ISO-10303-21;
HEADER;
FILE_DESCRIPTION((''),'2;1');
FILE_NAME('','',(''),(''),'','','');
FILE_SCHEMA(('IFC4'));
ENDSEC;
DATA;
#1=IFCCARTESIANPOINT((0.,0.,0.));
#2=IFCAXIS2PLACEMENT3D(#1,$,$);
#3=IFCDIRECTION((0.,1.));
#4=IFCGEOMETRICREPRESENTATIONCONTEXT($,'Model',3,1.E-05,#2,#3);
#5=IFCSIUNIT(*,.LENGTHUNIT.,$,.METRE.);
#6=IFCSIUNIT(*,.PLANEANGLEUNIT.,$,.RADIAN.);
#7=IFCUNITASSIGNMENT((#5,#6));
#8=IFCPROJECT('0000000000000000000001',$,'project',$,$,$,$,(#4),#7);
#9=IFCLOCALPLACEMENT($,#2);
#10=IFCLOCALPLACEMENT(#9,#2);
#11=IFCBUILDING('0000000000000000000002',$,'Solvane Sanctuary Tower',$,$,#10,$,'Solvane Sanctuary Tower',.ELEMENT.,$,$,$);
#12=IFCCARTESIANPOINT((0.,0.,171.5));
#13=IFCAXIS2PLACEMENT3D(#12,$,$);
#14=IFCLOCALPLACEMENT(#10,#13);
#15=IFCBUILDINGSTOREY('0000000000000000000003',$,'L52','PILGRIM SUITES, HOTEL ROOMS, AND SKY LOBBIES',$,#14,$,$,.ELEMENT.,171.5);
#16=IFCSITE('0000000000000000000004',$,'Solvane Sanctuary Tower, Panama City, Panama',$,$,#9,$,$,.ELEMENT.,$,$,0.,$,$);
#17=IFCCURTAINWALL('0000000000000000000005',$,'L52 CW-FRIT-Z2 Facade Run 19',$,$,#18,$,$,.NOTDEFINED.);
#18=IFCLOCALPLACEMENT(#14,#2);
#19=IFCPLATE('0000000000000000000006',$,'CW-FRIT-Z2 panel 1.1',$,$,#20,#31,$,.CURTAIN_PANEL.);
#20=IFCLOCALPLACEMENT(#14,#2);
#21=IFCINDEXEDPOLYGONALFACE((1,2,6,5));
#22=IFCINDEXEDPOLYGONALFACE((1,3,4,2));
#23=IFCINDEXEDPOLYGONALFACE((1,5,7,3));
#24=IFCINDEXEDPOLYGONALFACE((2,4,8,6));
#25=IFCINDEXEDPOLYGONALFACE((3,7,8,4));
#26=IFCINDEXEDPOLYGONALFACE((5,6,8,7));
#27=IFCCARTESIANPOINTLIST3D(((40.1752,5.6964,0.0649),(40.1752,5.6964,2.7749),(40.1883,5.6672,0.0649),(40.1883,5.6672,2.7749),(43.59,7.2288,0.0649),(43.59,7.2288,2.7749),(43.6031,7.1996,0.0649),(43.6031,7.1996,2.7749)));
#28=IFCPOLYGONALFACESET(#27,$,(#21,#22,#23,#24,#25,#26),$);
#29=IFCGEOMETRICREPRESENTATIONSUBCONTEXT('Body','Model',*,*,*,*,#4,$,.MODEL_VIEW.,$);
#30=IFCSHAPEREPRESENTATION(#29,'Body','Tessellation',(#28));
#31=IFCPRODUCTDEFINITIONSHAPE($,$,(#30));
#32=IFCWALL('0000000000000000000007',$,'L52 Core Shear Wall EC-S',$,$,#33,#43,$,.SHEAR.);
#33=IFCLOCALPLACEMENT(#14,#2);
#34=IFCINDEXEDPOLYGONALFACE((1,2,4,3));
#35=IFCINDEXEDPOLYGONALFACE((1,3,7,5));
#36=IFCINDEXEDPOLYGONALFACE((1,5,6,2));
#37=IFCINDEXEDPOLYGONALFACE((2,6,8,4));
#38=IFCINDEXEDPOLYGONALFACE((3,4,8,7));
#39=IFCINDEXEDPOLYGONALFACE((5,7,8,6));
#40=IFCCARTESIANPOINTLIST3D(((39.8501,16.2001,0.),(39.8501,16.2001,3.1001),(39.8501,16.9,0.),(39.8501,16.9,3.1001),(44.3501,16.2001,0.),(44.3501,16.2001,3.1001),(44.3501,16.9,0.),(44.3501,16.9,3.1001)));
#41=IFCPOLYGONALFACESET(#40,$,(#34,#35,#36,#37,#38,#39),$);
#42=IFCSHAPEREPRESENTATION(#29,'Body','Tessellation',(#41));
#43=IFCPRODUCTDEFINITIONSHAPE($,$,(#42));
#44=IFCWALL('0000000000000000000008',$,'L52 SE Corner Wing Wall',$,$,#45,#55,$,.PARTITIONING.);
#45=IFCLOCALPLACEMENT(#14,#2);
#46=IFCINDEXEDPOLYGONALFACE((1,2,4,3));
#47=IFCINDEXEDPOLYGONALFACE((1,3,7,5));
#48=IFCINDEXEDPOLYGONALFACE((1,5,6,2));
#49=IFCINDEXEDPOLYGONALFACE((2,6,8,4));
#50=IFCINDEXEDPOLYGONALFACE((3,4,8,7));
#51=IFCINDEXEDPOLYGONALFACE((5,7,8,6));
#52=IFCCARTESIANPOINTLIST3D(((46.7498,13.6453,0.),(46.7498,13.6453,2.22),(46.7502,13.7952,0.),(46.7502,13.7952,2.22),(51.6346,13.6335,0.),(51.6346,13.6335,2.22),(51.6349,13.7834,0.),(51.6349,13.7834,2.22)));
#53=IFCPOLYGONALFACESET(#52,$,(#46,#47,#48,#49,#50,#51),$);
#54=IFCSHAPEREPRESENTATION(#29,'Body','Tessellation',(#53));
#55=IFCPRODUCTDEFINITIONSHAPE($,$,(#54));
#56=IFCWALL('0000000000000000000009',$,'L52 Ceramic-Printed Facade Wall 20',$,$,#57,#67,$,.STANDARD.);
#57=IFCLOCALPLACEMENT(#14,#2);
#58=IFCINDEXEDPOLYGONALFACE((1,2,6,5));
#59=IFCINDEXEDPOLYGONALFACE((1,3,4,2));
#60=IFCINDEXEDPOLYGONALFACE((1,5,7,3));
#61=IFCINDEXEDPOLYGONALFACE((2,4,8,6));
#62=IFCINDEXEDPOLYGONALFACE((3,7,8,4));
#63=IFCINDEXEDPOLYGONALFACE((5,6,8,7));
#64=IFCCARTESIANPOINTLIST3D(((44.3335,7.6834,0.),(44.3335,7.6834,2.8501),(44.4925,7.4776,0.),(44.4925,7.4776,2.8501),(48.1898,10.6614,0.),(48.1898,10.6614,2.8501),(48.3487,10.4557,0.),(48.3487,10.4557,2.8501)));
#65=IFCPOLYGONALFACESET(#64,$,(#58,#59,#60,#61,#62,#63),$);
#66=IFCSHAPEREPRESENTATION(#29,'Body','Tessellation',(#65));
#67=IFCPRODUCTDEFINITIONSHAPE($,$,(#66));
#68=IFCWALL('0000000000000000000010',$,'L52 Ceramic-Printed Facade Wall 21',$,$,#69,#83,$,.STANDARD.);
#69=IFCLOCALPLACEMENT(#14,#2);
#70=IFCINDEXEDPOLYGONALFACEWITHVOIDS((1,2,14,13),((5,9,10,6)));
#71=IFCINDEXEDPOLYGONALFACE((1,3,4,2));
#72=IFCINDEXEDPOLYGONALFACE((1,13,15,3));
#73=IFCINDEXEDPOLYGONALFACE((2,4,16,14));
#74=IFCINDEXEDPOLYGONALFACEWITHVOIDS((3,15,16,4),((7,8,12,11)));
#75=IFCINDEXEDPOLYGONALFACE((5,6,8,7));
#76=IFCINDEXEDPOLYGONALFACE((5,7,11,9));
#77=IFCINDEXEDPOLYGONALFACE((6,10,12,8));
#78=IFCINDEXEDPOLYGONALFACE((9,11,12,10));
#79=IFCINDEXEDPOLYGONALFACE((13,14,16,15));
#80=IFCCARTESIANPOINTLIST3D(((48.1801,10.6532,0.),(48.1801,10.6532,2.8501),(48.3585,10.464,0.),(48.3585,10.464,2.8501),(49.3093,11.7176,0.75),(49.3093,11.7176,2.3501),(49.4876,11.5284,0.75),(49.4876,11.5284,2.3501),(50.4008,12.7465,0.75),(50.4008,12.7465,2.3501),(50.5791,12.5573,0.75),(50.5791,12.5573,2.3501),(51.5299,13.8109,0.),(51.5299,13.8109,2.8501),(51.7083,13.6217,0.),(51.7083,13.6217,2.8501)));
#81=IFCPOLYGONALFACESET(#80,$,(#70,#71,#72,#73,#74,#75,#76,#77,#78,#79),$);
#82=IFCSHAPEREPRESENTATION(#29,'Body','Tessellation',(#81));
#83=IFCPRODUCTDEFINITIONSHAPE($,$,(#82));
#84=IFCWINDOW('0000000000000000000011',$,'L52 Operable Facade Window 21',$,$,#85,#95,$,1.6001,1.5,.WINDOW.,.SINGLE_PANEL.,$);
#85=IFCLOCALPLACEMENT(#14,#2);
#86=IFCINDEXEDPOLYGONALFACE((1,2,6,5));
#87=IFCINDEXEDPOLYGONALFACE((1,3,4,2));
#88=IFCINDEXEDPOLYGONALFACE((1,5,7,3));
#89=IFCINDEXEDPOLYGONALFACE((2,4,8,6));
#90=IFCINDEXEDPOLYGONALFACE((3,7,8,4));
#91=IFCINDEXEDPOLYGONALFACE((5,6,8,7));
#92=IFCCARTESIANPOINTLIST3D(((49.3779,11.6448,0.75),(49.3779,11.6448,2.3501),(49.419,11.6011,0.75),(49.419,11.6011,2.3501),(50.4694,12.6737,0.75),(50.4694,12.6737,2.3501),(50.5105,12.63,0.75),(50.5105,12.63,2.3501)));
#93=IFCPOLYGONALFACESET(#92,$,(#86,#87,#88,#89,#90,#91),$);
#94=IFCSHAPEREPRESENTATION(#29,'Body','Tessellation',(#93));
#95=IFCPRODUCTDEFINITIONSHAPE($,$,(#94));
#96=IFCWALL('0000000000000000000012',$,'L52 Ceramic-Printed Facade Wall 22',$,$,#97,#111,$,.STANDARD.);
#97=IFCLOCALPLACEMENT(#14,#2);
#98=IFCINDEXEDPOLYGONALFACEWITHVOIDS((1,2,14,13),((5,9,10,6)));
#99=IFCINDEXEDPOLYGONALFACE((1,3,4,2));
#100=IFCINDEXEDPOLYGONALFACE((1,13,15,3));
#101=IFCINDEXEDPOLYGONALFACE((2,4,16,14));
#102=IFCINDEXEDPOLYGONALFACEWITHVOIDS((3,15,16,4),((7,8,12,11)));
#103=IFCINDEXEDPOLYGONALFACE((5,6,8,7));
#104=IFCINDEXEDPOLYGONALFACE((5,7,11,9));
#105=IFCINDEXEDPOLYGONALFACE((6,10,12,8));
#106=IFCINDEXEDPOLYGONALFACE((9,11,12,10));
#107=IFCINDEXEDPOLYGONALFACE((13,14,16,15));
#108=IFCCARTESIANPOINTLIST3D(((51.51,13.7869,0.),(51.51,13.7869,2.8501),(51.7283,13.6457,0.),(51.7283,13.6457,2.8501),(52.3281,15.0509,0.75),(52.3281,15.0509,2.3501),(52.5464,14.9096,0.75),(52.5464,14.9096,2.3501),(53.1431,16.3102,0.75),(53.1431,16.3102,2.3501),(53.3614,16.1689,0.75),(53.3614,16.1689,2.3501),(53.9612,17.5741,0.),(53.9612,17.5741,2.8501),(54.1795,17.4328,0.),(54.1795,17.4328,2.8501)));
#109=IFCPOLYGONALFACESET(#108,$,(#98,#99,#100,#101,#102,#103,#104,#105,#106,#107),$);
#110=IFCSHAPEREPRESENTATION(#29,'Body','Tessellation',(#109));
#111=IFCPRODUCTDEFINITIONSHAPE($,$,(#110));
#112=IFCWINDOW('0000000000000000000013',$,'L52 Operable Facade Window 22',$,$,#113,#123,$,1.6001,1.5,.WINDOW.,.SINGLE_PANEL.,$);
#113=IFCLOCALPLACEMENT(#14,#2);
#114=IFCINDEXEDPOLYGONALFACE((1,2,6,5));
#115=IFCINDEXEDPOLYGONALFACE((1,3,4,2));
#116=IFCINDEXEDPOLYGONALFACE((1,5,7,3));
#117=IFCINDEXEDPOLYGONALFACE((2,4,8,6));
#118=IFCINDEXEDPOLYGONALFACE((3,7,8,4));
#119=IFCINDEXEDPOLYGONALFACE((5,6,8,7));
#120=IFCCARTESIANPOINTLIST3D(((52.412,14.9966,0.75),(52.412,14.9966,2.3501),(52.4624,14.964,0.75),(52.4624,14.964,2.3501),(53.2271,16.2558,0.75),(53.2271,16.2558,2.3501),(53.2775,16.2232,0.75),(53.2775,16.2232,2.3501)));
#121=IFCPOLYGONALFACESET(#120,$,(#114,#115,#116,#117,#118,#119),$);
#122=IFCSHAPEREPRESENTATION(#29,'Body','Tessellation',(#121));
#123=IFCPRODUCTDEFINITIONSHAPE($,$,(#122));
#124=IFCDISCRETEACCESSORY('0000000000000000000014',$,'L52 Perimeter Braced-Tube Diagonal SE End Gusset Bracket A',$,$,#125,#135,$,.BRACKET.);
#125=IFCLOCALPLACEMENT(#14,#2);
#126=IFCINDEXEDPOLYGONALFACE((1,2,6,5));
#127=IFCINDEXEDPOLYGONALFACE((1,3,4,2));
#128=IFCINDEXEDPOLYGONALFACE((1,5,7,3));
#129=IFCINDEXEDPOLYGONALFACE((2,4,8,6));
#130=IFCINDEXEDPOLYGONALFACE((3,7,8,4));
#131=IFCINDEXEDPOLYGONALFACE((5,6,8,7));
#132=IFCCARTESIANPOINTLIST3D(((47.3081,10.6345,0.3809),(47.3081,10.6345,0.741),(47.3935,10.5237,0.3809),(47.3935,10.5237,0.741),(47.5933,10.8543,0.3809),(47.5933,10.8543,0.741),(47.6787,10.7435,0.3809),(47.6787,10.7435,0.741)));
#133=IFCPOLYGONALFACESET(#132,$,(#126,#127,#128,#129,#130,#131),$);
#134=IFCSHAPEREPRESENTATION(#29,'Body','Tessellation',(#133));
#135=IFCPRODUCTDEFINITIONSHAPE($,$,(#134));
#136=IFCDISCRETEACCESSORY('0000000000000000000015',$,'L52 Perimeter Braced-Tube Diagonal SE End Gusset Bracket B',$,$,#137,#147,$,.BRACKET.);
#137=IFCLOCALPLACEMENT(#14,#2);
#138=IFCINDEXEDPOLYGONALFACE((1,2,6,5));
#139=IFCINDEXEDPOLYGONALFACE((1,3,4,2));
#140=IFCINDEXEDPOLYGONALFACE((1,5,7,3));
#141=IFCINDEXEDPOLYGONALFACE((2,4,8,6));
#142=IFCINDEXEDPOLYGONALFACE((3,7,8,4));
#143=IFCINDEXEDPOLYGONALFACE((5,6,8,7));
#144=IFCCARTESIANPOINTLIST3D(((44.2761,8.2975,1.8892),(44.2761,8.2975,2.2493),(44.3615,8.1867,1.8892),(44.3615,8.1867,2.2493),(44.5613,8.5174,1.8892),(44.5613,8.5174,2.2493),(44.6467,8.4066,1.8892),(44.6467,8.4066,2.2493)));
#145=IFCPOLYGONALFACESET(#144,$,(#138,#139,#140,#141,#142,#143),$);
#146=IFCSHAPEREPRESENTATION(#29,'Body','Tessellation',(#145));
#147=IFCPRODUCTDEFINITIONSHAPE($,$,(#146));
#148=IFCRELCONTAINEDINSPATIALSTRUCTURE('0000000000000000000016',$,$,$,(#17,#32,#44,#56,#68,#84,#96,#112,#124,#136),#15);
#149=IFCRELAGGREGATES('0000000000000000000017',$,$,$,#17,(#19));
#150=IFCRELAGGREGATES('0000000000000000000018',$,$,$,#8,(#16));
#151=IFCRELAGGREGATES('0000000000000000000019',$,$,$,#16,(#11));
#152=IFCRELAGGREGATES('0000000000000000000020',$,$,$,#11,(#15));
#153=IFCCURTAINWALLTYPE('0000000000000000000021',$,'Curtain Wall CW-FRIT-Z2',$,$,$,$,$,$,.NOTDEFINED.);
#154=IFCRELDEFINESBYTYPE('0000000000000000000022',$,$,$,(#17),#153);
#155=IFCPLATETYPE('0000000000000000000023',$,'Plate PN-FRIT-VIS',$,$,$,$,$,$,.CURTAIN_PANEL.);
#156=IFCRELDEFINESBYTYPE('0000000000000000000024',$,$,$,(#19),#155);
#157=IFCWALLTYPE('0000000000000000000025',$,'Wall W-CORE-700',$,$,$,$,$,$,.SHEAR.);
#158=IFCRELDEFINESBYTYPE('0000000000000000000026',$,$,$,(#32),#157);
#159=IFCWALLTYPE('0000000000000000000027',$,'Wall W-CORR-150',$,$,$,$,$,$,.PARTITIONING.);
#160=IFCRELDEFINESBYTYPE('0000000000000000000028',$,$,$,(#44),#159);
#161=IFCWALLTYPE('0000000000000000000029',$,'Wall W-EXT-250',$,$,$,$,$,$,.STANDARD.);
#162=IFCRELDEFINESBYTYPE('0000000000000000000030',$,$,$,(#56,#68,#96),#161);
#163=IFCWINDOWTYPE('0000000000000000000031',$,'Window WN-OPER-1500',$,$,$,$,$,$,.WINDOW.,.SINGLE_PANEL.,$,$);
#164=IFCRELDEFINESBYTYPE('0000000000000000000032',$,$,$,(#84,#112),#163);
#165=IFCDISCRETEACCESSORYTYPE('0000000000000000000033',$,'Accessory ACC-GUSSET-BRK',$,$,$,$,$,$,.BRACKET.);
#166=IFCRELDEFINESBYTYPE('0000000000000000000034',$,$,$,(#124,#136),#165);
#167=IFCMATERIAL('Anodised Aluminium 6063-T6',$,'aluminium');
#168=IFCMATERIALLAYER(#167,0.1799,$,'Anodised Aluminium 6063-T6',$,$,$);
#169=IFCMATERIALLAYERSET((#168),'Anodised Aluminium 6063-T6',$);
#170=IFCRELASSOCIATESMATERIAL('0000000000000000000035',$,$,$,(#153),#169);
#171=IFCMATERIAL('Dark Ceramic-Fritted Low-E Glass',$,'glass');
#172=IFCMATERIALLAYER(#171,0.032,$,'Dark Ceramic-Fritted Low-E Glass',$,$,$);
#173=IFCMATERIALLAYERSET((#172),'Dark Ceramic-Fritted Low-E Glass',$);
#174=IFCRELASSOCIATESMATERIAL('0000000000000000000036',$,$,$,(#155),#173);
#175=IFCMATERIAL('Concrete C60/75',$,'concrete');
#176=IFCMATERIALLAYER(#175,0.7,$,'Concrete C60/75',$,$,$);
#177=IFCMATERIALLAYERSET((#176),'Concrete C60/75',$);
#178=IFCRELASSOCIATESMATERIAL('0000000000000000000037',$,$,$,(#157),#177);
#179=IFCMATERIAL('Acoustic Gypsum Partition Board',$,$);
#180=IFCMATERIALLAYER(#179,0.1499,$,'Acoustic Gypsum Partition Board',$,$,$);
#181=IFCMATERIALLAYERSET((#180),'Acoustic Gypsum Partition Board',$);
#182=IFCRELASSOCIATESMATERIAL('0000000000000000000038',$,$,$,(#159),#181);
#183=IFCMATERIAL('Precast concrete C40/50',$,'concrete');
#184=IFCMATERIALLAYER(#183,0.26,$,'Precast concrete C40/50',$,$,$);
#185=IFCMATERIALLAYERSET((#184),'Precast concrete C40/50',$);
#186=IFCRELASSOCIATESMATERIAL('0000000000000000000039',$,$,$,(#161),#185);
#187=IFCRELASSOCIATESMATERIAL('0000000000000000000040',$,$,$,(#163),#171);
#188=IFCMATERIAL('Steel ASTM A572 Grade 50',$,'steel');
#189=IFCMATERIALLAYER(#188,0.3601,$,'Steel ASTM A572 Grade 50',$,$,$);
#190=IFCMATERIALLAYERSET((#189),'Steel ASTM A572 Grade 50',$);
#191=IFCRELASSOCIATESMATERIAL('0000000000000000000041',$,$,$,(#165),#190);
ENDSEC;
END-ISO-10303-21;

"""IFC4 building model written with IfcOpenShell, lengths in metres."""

from ifc_helpers import new_model, si_unit, direction, frame, frame_2d, origin, origin_2d, place, context, subcontext, project, spatial, rectangle, extrude, material, layer, layer_set, type_object, element, fill, aggregate, save


model = new_model("IFC4")

# Units and contexts
model_context = context("Model", 3, precision=1e-05, world=origin(), true_north=direction((0.0, 1.0)))
body_context = subcontext(model_context, "Body", "Model", "MODEL_VIEW")
ifc_project = project(units=[si_unit("LENGTHUNIT", "METRE"), si_unit("PLANEANGLEUNIT", "RADIAN")], contexts=[model_context])

# Site, building, storey
site_placement = place(None, origin())
site = spatial("IfcSite", under=ifc_project, at=site_placement, Name="Solvane Sanctuary Tower, Panama City, Panama", CompositionType="ELEMENT", RefElevation=0.0)
building_placement = place(site_placement, origin())
building = spatial("IfcBuilding", under=site, at=building_placement, Name="Solvane Sanctuary Tower", LongName="Solvane Sanctuary Tower", CompositionType="ELEMENT")
storey_placement = place(building_placement, frame((0.0, 0.0, 171.5)))
storey = spatial("IfcBuildingStorey", under=building, at=storey_placement, Name="L52", Description="PILGRIM SUITES, HOTEL ROOMS, AND SKY LOBBIES", CompositionType="ELEMENT", Elevation=171.5)

# Shared definitions
ifc_material_1 = material(Name="Concrete C60/75", Category="concrete")

# Curtain wall
ifc_material_2 = material(Name="Anodised Aluminium 6063-T6", Category="aluminium")
ifc_layer_1 = layer(ifc_material_2, 0.1799, Name="Anodised Aluminium 6063-T6")
ifc_layer_set_1 = layer_set([ifc_layer_1], Name="Anodised Aluminium 6063-T6")
curtain_wall_type = type_object("IfcCurtainWallType", Name="Curtain Wall CW-FRIT-Z2", PredefinedType="NOTDEFINED", material=ifc_layer_set_1)
curtain_wall_placement = place(storey_placement, origin())
curtain_wall = element("IfcCurtainWall", 1, at=curtain_wall_placement, inside=storey, type_object=curtain_wall_type, Name="L52 CW-FRIT-Z2 Facade Run 19", PredefinedType="NOTDEFINED")

# Plate
ifc_material_3 = material(Name="Dark Ceramic-Fritted Low-E Glass", Category="glass")
ifc_layer_2 = layer(ifc_material_3, 0.032, Name="Dark Ceramic-Fritted Low-E Glass")
ifc_layer_set_2 = layer_set([ifc_layer_2], Name="Dark Ceramic-Fritted Low-E Glass")
plate_type = type_object("IfcPlateType", Name="Plate PN-FRIT-VIS", PredefinedType="CURTAIN_PANEL", material=ifc_layer_set_2)
plate_placement = place(storey_placement, frame((41.8892, 6.448, 0.0649), z_axis=(0.0, 0.0, 1.0), x_axis=(0.91235, 0.409411, 0.0)))
plate = element("IfcPlate", 2, at=plate_placement, type_object=plate_type, Name="CW-FRIT-Z2 panel 1.1", PredefinedType="CURTAIN_PANEL", context=body_context, shape_type="SweptSolid", body=[
    extrude(rectangle(XDim=3.7429, YDim=0.032, at=origin_2d()), origin(), (0.0, 0.0, 1.0), 2.71),
])
aggregate(curtain_wall, [plate])

# Walls
ifc_layer_3 = layer(ifc_material_1, 0.7, Name="Concrete C60/75")
ifc_layer_set_3 = layer_set([ifc_layer_3], Name="Concrete C60/75")
wall_type_1 = type_object("IfcWallType", Name="Wall W-CORE-700", PredefinedType="SHEAR", material=ifc_layer_set_3)
wall_1_placement = place(storey_placement, frame((39.8501, 16.55, 0.0), z_axis=(0.0, 0.0, 1.0), x_axis=(1.0, 0.0, 0.0)))
element("IfcWall", 3, at=wall_1_placement, inside=storey, type_object=wall_type_1, Name="L52 Core Shear Wall EC-S", PredefinedType="SHEAR", context=body_context, shape_type="SweptSolid", body=[
    extrude(rectangle(XDim=4.5, YDim=0.7, at=frame_2d((2.25, 0.0))), origin(), (0.0, 0.0, 1.0), 3.1001),
])
ifc_material_4 = material(Name="Acoustic Gypsum Partition Board")
ifc_layer_4 = layer(ifc_material_4, 0.1499, Name="Acoustic Gypsum Partition Board")
ifc_layer_set_4 = layer_set([ifc_layer_4], Name="Acoustic Gypsum Partition Board")
wall_type_2 = type_object("IfcWallType", Name="Wall W-CORR-150", PredefinedType="PARTITIONING", material=ifc_layer_set_4)
wall_2_placement = place(storey_placement, frame((46.75, 13.7202, 0.0), z_axis=(0.0, 0.0, 1.0), x_axis=(0.999997, -0.002399, 0.0)))
element("IfcWall", 4, at=wall_2_placement, inside=storey, type_object=wall_type_2, Name="L52 SE Corner Wing Wall", PredefinedType="PARTITIONING", context=body_context, shape_type="SweptSolid", body=[
    extrude(rectangle(XDim=4.8848, YDim=0.1499, at=frame_2d((2.4424, 0.0))), origin(), (0.0, 0.0, 1.0), 2.22),
])
ifc_material_5 = material(Name="Precast concrete C40/50", Category="concrete")
ifc_layer_5 = layer(ifc_material_5, 0.26, Name="Precast concrete C40/50")
ifc_layer_set_5 = layer_set([ifc_layer_5], Name="Precast concrete C40/50")
wall_type_3 = type_object("IfcWallType", Name="Wall W-EXT-250", PredefinedType="STANDARD", material=ifc_layer_set_5)
wall_3_placement = place(storey_placement, frame((44.4131, 7.5806, 0.0), z_axis=(0.0, 0.0, 1.0), x_axis=(0.79146, 0.611221, 0.0)))
element("IfcWall", 5, at=wall_3_placement, inside=storey, type_object=wall_type_3, Name="L52 Ceramic-Printed Facade Wall 20", PredefinedType="STANDARD", context=body_context, shape_type="SweptSolid", body=[
    extrude(rectangle(XDim=4.8723, YDim=0.26, at=frame_2d((2.436, 0.0))), origin(), (0.0, 0.0, 1.0), 2.8501),
])

# Walls, openings, windows
wall_4_placement = place(storey_placement, frame((48.2693, 10.5586, 0.0), z_axis=(0.0, 0.0, 1.0), x_axis=(0.727667, 0.68593, 0.0)))
wall_4 = element("IfcWall", 6, at=wall_4_placement, inside=storey, type_object=wall_type_3, Name="L52 Ceramic-Printed Facade Wall 21", PredefinedType="STANDARD", context=body_context, shape_type="SweptSolid", body=[
    extrude(rectangle(XDim=4.6035, YDim=0.26, at=frame_2d((2.3018, 0.0))), origin(), (0.0, 0.0, 1.0), 2.8501),
])
opening_1_placement = place(wall_4_placement, frame((1.5518, 0.0, 0.75)))
opening_1 = element("IfcOpeningElement", 7, at=opening_1_placement, cuts=wall_4, PredefinedType="OPENING", context=body_context, shape_type="SweptSolid", body=[
    extrude(rectangle(XDim=1.5, YDim=1.6001, at=frame_2d((0.75, 0.8))), frame((0.0, 0.1399, 0.0), z_axis=(0.0, -1.0, 0.0), x_axis=(1.0, 0.0, 0.0)), (0.0, 0.0, 1.0), 0.28),
])
window_type = type_object("IfcWindowType", Name="Window WN-OPER-1500", PartitioningType="SINGLE_PANEL", PredefinedType="WINDOW", material=ifc_material_3)
window_1_placement = place(opening_1_placement, origin())
window_1 = element("IfcWindow", 8, at=window_1_placement, inside=storey, type_object=window_type, Name="L52 Operable Facade Window 21", OverallHeight=1.6001, OverallWidth=1.5, PartitioningType="SINGLE_PANEL", PredefinedType="WINDOW", context=body_context, shape_type="SweptSolid", body=[
    extrude(rectangle(XDim=1.5, YDim=1.6001, at=frame_2d((0.75, 0.8))), frame((0.0, 0.03, 0.0), z_axis=(0.0, -1.0, 0.0), x_axis=(1.0, 0.0, 0.0)), (0.0, 0.0, 1.0), 0.0601),
])
fill(opening_1, window_1)
wall_5_placement = place(storey_placement, frame((51.6191, 13.7163, 0.0), z_axis=(0.0, 0.0, 1.0), x_axis=(0.543359, 0.8395, 0.0)))
wall_5 = element("IfcWall", 9, at=wall_5_placement, inside=storey, type_object=wall_type_3, Name="L52 Ceramic-Printed Facade Wall 22", PredefinedType="STANDARD", context=body_context, shape_type="SweptSolid", body=[
    extrude(rectangle(XDim=4.5112, YDim=0.26, at=frame_2d((2.2556, 0.0))), origin(), (0.0, 0.0, 1.0), 2.8501),
])
opening_2_placement = place(wall_5_placement, frame((1.5056, 0.0, 0.75)))
opening_2 = element("IfcOpeningElement", 10, at=opening_2_placement, cuts=wall_5, PredefinedType="OPENING", context=body_context, shape_type="SweptSolid", body=[
    extrude(rectangle(XDim=1.5, YDim=1.6001, at=frame_2d((0.75, 0.8))), frame((0.0, 0.1399, 0.0), z_axis=(0.0, -1.0, 0.0), x_axis=(1.0, 0.0, 0.0)), (0.0, 0.0, 1.0), 0.28),
])
window_2_placement = place(opening_2_placement, origin())
window_2 = element("IfcWindow", 11, at=window_2_placement, inside=storey, type_object=window_type, Name="L52 Operable Facade Window 22", OverallHeight=1.6001, OverallWidth=1.5, PartitioningType="SINGLE_PANEL", PredefinedType="WINDOW", context=body_context, shape_type="SweptSolid", body=[
    extrude(rectangle(XDim=1.5, YDim=1.6001, at=frame_2d((0.75, 0.8))), frame((0.0, 0.03, 0.0), z_axis=(0.0, -1.0, 0.0), x_axis=(1.0, 0.0, 0.0)), (0.0, 0.0, 1.0), 0.0601),
])
fill(opening_2, window_2)

# Discrete accessories
ifc_material_6 = material(Name="Steel ASTM A572 Grade 50", Category="steel")
ifc_layer_6 = layer(ifc_material_6, 0.3601, Name="Steel ASTM A572 Grade 50")
ifc_layer_set_6 = layer_set([ifc_layer_6], Name="Steel ASTM A572 Grade 50")
discrete_accessory_type = type_object("IfcDiscreteAccessoryType", Name="Accessory ACC-GUSSET-BRK", PredefinedType="BRACKET", material=ifc_layer_set_6)
for number, where, z_axis, x_axis, name in (
    (12, (47.4934, 10.689, 0.3809), (0.0, 0.0, 1.0), (-0.792077, -0.610422, 0.0), "L52 Perimeter Braced-Tube Diagonal SE End Gusset Bracket A"),
    (13, (44.4614, 8.3521, 1.8892), (0.0, 0.0, 1.0), (-0.792077, -0.610422, 0.0), "L52 Perimeter Braced-Tube Diagonal SE End Gusset Bracket B"),
):
    element("IfcDiscreteAccessory", number, at=place(storey_placement, frame(where, z_axis=z_axis, x_axis=x_axis)), inside=storey, type_object=discrete_accessory_type, Name=name, PredefinedType="BRACKET", context=body_context, shape_type="SweptSolid", body=[
        extrude(rectangle(XDim=0.3601, YDim=0.1399, at=origin_2d()), origin(), (0.0, 0.0, 1.0), 0.3601),
    ])

save(model, "model.ifc")
